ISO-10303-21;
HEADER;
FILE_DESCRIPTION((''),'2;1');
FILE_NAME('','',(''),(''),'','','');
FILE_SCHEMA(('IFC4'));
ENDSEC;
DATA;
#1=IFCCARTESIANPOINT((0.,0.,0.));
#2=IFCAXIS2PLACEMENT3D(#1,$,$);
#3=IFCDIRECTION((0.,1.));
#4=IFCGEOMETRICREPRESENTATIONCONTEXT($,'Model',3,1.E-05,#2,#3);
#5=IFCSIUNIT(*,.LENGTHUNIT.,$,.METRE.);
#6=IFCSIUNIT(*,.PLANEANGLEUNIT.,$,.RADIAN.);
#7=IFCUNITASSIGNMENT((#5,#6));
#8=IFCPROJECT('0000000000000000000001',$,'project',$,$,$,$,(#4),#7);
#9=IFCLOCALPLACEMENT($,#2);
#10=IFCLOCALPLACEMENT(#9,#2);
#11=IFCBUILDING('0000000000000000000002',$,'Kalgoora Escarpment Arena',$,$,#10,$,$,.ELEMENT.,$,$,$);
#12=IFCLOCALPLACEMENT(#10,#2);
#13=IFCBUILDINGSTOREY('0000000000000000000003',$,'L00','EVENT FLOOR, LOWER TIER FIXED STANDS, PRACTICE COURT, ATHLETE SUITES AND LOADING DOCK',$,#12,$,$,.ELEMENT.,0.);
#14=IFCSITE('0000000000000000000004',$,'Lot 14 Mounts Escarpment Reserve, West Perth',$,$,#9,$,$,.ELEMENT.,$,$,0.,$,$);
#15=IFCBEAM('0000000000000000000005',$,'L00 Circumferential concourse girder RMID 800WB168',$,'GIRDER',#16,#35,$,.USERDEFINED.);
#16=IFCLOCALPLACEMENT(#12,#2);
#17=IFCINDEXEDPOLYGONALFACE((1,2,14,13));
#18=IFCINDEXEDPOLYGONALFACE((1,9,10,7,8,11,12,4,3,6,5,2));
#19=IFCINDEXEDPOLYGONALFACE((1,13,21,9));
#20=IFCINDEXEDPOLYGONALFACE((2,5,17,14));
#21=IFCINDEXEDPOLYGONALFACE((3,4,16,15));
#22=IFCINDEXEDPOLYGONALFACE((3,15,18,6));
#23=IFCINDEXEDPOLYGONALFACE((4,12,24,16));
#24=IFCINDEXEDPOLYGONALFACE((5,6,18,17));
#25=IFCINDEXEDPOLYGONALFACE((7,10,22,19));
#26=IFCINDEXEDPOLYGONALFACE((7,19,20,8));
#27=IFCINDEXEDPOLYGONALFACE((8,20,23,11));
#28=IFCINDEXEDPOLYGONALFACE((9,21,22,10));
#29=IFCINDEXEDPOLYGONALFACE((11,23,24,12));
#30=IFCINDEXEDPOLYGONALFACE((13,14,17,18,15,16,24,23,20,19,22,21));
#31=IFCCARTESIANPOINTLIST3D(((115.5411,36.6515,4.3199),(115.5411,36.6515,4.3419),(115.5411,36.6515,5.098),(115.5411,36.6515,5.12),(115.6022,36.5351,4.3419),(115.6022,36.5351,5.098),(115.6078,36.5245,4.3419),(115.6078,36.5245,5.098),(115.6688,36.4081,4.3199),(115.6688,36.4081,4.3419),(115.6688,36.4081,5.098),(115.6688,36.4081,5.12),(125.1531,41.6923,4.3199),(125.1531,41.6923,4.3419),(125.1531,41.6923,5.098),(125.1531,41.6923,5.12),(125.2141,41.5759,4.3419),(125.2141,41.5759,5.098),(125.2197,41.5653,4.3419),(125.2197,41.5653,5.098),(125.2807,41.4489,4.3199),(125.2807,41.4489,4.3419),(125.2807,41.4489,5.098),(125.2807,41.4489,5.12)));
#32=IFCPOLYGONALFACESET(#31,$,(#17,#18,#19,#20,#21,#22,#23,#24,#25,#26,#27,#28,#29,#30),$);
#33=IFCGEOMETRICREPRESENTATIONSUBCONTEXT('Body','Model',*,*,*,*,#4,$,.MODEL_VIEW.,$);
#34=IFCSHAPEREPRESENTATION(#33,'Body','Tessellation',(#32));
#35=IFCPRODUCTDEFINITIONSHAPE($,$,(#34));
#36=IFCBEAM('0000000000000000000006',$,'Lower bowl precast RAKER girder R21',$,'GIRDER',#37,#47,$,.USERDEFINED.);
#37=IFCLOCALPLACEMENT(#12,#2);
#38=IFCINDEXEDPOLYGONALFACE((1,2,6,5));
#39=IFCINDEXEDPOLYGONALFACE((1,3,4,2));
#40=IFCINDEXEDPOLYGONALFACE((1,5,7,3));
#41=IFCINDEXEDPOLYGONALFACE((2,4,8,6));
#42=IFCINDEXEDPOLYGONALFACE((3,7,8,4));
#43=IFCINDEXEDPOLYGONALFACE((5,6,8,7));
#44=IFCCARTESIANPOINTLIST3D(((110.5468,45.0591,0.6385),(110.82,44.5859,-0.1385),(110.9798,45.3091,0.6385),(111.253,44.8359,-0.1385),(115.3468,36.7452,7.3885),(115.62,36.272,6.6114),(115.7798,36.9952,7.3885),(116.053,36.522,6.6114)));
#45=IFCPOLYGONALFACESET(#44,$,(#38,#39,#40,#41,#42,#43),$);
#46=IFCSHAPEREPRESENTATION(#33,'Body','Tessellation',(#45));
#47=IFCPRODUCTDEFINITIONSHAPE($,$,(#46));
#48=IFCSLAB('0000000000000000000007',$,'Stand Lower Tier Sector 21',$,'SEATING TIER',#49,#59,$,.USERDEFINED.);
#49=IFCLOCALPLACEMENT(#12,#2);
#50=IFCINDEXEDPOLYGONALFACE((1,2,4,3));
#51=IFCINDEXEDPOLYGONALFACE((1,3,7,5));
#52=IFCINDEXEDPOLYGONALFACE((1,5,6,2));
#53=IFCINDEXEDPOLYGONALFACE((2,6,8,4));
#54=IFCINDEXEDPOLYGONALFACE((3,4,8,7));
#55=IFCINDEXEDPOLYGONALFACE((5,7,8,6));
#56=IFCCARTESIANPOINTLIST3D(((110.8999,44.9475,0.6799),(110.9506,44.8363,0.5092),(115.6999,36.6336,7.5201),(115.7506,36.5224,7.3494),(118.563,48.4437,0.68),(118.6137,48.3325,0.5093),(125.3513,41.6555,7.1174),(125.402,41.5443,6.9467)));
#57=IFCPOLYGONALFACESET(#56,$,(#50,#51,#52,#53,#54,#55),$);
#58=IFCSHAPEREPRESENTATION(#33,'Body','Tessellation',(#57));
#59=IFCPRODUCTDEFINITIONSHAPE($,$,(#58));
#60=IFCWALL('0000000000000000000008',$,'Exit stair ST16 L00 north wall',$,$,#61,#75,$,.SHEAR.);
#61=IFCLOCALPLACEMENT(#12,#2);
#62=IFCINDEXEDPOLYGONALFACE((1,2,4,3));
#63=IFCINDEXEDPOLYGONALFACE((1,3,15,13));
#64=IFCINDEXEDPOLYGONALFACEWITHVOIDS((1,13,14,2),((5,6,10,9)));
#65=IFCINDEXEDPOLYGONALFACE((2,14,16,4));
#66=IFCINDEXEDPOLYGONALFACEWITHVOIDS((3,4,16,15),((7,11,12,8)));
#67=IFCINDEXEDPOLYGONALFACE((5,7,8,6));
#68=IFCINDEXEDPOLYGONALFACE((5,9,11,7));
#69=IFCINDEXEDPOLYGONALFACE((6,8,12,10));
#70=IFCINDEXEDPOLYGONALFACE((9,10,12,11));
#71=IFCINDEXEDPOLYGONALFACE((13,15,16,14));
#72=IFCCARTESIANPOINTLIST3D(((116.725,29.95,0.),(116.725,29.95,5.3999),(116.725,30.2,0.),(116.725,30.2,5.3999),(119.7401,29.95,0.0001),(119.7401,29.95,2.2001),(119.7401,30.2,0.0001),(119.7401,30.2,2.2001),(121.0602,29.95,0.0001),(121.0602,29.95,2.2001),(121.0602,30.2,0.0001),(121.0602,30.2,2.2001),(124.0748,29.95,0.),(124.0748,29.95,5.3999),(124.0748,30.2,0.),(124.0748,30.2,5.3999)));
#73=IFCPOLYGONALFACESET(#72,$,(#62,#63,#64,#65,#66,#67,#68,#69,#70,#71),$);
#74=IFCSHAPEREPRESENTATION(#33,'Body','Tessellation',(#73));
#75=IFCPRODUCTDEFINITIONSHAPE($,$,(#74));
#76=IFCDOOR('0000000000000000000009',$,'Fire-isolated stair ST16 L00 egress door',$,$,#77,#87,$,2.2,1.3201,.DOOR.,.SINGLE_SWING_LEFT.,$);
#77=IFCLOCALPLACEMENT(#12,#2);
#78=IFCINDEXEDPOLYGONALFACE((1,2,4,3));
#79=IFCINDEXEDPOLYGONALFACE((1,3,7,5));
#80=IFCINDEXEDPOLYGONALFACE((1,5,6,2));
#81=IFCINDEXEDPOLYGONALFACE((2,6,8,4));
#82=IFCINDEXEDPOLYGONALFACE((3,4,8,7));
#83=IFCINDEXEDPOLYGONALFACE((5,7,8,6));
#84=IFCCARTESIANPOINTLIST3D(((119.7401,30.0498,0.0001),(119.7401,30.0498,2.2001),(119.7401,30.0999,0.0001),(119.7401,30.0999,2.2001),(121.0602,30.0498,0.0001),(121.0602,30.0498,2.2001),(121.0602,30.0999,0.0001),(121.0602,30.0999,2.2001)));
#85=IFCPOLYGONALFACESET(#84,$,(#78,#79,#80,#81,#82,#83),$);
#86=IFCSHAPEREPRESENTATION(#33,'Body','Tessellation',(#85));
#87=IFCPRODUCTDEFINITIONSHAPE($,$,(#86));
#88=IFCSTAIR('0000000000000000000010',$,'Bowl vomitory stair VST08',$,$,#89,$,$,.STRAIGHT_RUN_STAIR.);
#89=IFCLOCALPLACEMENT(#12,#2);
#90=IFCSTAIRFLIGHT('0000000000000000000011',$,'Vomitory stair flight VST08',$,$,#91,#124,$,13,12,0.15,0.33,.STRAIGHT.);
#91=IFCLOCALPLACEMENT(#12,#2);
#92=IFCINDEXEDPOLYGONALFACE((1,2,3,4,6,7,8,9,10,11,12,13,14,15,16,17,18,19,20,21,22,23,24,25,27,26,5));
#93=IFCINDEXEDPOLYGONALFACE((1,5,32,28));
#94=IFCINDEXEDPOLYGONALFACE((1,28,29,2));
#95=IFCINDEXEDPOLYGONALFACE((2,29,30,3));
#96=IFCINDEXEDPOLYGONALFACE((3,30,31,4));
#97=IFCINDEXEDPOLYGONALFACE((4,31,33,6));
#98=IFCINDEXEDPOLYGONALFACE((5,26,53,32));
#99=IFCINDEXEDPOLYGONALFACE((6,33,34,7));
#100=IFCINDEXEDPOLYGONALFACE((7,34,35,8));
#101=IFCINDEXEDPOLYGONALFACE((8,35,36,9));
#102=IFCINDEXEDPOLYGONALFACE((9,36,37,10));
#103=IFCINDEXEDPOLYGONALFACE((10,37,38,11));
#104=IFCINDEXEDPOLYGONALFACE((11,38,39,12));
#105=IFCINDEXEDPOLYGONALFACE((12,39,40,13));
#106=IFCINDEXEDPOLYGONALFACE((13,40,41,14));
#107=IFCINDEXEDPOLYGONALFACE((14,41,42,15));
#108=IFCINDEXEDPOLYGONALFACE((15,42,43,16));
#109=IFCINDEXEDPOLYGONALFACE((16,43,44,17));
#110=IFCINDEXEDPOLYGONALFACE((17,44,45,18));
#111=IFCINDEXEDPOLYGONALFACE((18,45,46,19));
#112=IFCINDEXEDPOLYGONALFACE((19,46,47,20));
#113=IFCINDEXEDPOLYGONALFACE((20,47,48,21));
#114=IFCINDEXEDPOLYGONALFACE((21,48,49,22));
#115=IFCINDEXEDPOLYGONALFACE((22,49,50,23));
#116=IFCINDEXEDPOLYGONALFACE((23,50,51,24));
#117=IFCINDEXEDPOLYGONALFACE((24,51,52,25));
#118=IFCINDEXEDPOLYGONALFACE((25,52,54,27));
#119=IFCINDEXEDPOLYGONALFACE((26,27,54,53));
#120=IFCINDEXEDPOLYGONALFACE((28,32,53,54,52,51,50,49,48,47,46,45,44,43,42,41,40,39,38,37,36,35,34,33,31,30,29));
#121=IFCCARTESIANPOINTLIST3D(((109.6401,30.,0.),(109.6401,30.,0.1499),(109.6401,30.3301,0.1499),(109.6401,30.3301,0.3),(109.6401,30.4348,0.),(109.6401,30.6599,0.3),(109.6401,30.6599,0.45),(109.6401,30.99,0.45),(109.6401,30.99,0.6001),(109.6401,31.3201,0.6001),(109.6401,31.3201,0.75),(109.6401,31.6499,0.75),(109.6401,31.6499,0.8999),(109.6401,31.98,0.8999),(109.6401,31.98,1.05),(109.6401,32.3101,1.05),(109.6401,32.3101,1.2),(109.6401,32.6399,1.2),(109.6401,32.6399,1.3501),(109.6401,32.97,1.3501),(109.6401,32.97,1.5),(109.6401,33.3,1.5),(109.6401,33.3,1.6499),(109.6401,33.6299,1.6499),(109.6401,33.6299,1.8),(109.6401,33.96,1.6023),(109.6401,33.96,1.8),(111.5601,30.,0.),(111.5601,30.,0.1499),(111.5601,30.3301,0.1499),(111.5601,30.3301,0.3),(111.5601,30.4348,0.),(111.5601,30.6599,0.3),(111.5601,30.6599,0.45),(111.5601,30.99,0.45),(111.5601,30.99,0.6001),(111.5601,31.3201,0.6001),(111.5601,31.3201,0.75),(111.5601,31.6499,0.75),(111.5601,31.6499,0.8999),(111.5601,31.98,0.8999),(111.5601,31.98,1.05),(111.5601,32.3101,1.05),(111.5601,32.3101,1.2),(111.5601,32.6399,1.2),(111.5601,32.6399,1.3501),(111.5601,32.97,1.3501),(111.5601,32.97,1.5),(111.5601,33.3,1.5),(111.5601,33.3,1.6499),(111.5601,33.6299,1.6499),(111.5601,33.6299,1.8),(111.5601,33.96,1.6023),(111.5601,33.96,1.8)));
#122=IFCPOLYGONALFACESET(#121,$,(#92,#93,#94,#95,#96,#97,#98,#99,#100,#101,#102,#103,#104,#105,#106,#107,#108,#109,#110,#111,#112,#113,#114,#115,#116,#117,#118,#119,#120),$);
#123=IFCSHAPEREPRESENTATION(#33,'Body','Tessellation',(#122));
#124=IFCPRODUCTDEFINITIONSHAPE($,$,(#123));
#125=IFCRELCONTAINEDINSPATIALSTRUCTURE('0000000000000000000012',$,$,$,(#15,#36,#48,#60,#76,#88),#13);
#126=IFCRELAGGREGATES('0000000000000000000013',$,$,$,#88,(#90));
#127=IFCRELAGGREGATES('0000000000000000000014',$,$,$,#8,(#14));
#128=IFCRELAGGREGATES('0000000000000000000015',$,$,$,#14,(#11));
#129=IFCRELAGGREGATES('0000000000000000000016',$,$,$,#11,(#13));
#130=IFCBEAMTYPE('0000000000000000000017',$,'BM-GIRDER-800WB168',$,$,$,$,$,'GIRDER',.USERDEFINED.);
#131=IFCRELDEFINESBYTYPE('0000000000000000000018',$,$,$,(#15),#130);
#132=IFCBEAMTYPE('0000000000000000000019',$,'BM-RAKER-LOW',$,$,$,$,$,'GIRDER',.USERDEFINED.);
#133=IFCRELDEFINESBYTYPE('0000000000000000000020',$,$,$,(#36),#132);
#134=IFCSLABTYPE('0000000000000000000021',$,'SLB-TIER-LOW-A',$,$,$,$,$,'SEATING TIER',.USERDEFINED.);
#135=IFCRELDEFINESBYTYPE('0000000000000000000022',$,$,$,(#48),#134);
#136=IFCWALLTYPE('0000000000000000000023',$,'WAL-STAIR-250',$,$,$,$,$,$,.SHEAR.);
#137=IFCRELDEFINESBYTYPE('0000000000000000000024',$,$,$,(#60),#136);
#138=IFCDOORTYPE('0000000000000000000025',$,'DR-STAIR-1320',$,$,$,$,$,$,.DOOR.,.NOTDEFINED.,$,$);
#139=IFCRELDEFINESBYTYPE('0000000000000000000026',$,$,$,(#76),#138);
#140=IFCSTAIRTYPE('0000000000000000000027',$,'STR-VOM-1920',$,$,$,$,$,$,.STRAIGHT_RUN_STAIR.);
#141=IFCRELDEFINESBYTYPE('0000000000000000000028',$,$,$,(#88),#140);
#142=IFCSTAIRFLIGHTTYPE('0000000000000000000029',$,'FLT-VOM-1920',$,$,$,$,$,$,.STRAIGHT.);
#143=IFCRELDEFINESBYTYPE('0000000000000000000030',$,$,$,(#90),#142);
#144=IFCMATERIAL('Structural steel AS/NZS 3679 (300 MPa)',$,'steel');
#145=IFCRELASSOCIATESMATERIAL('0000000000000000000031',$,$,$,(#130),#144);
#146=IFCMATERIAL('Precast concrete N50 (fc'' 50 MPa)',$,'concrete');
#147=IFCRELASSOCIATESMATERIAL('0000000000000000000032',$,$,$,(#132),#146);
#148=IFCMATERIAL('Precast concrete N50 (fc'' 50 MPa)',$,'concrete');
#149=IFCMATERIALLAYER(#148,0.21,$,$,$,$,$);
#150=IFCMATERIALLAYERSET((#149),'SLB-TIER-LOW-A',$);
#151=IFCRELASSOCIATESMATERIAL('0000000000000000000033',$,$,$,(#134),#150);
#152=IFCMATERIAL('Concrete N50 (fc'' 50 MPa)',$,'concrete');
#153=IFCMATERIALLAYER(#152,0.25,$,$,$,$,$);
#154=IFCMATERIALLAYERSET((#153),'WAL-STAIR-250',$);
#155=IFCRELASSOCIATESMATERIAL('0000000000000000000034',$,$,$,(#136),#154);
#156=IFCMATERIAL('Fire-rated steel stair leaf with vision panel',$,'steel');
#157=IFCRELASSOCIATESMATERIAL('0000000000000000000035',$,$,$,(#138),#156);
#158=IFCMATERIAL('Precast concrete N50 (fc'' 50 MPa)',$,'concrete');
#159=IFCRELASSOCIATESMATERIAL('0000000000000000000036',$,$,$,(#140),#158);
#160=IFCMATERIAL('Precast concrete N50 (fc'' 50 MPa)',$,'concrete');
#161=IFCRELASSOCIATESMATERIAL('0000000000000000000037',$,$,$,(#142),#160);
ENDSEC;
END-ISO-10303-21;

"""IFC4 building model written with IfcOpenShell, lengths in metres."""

from ifc_helpers import new_model, si_unit, direction, frame, frame_2d, origin, origin_2d, place, context, subcontext, project, spatial, polyline, rectangle, i_section, outline, extrude, material, layer, layer_set, material_profile, profile_set, type_object, element, fill, aggregate, save


model = new_model("IFC4")

# Units and contexts
model_context = context("Model", 3, precision=1e-05, world=origin(), true_north=direction((0.0, 1.0)))
body_context = subcontext(model_context, "Body", "Model", "MODEL_VIEW")
ifc_project = project(units=[si_unit("LENGTHUNIT", "METRE"), si_unit("PLANEANGLEUNIT", "RADIAN")], contexts=[model_context])

# Site, building, storey
site_placement = place(None, origin())
site = spatial("IfcSite", under=ifc_project, at=site_placement, Name="Lot 14 Mounts Escarpment Reserve, West Perth", CompositionType="ELEMENT", RefElevation=0.0)
building_placement = place(site_placement, origin())
building = spatial("IfcBuilding", under=site, at=building_placement, Name="Kalgoora Escarpment Arena", CompositionType="ELEMENT")
storey_placement = place(building_placement, origin())
storey = spatial("IfcBuildingStorey", under=building, at=storey_placement, Name="L00", Description="EVENT FLOOR, LOWER TIER FIXED STANDS, PRACTICE COURT, ATHLETE SUITES AND LOADING DOCK", CompositionType="ELEMENT", Elevation=0.0)

# Beams
ifc_material_1 = material(Name="Structural steel AS/NZS 3679 (300 MPa)", Category="steel")
ifc_material_profile_1 = material_profile(ifc_material_1, i_section(OverallWidth=0.2749, OverallDepth=0.8, WebThickness=0.012, FlangeThickness=0.022, at=origin_2d()))
ifc_profile_set_1 = profile_set([ifc_material_profile_1], Name="Structural steel AS/NZS 3679 (300 MPa)")
beam_type_1 = type_object("IfcBeamType", Name="BM-GIRDER-800WB168", ElementType="GIRDER", PredefinedType="USERDEFINED", material=ifc_profile_set_1)
beam_1_placement = place(storey_placement, frame((115.605, 36.5298, 4.72), z_axis=(0.885604, 0.464441, 0.0), x_axis=(-0.464441, 0.885604, 0.0)))
element("IfcBeam", 1, at=beam_1_placement, inside=storey, type_object=beam_type_1, Name="L00 Circumferential concourse girder RMID 800WB168", ObjectType="GIRDER", PredefinedType="USERDEFINED", context=body_context, shape_type="SweptSolid", body=[
    extrude(i_section(OverallWidth=0.2749, OverallDepth=0.8, WebThickness=0.012, FlangeThickness=0.022, at=origin_2d()), origin(), (0.0, 0.0, 1.0), 10.8535),
])
ifc_material_2 = material(Name="Precast concrete N50 (fc' 50 MPa)", Category="concrete")
ifc_material_profile_2 = material_profile(ifc_material_2, rectangle(XDim=0.5, YDim=0.95, at=origin_2d()))
ifc_profile_set_2 = profile_set([ifc_material_profile_2], Name="Precast concrete N50 (fc' 50 MPa)")
beam_type_2 = type_object("IfcBeamType", Name="BM-RAKER-LOW", ElementType="GIRDER", PredefinedType="USERDEFINED", material=ifc_profile_set_2)
beam_2_placement = place(storey_placement, frame((110.8999, 44.9475, 0.25), z_axis=(0.409015, -0.708438, 0.575172), x_axis=(0.866026, 0.499998, 0.0)))
element("IfcBeam", 2, at=beam_2_placement, inside=storey, type_object=beam_type_2, Name="Lower bowl precast RAKER girder R21", ObjectType="GIRDER", PredefinedType="USERDEFINED", context=body_context, shape_type="SweptSolid", body=[
    extrude(rectangle(XDim=0.5, YDim=0.95, at=origin_2d()), origin(), (0.0, 0.0, 1.0), 11.7356),
])

# Slab
ifc_material_3 = material(Name="Precast concrete N50 (fc' 50 MPa)", Category="concrete")
ifc_layer_1 = layer(ifc_material_3, 0.21)
ifc_layer_set_1 = layer_set([ifc_layer_1], Name="SLB-TIER-LOW-A")
slab_type = type_object("IfcSlabType", Name="SLB-TIER-LOW-A", ElementType="SEATING TIER", PredefinedType="USERDEFINED", material=ifc_layer_set_1)
slab_placement = place(storey_placement, frame((110.8999, 44.9475, 0.6799), z_axis=(-0.241602, 0.529531, 0.813158), x_axis=(0.909786, 0.415077, 0.000013)))
element("IfcSlab", 3, at=slab_placement, inside=storey, type_object=slab_type, Name="Stand Lower Tier Sector 21", ObjectType="SEATING TIER", PredefinedType="USERDEFINED", context=body_context, shape_type="SweptSolid", body=[
    extrude(outline(polyline([(0.0, 0.0), (8.4229, 0.0), (11.7813, -11.0599), (0.9162, -11.752), (0.0, 0.0)])), origin(), (0.0, 0.0, -1.0), 0.21),
])

# Wall, opening, door
ifc_material_4 = material(Name="Concrete N50 (fc' 50 MPa)", Category="concrete")
ifc_layer_2 = layer(ifc_material_4, 0.25)
ifc_layer_set_2 = layer_set([ifc_layer_2], Name="WAL-STAIR-250")
wall_type = type_object("IfcWallType", Name="WAL-STAIR-250", PredefinedType="SHEAR", material=ifc_layer_set_2)
wall_placement = place(storey_placement, frame((116.7251, 30.075, 0.0), z_axis=(0.0, 0.0, 1.0), x_axis=(1.0, 0.0, 0.0)))
wall = element("IfcWall", 4, at=wall_placement, inside=storey, type_object=wall_type, Name="Exit stair ST16 L00 north wall", PredefinedType="SHEAR", context=body_context, shape_type="SweptSolid", body=[
    extrude(rectangle(XDim=7.3499, YDim=0.25, at=frame_2d((3.6748, 0.0))), origin(), (0.0, 0.0, 1.0), 5.3999),
])
opening_placement = place(wall_placement, frame((3.0149, 0.0, 0.0)))
opening = element("IfcOpeningElement", 5, at=opening_placement, cuts=wall, PredefinedType="OPENING", context=body_context, shape_type="SweptSolid", body=[
    extrude(rectangle(XDim=1.3201, YDim=2.2, at=frame_2d((0.6602, 1.1001))), frame((0.0, 0.135, 0.0), z_axis=(0.0, -1.0, 0.0), x_axis=(1.0, 0.0, 0.0)), (0.0, 0.0, 1.0), 0.27),
])
ifc_material_5 = material(Name="Fire-rated steel stair leaf with vision panel", Category="steel")
door_type = type_object("IfcDoorType", Name="DR-STAIR-1320", OperationType="NOTDEFINED", PredefinedType="DOOR", material=ifc_material_5)
door_placement = place(opening_placement, origin())
door = element("IfcDoor", 6, at=door_placement, inside=storey, type_object=door_type, Name="Fire-isolated stair ST16 L00 egress door", OperationType="SINGLE_SWING_LEFT", OverallHeight=2.2, OverallWidth=1.3201, PredefinedType="DOOR", context=body_context, shape_type="SweptSolid", body=[
    extrude(rectangle(XDim=1.3201, YDim=2.2, at=frame_2d((0.6602, 1.1001))), frame((0.0, 0.0249, 0.0), z_axis=(0.0, -1.0, 0.0), x_axis=(1.0, 0.0, 0.0)), (0.0, 0.0, 1.0), 0.05),
])
fill(opening, door)

# Stair, stair flight
ifc_material_6 = material(Name="Precast concrete N50 (fc' 50 MPa)", Category="concrete")
stair_type = type_object("IfcStairType", Name="STR-VOM-1920", PredefinedType="STRAIGHT_RUN_STAIR", material=ifc_material_6)
stair_placement = place(storey_placement, origin())
stair = element("IfcStair", 7, at=stair_placement, inside=storey, type_object=stair_type, Name="Bowl vomitory stair VST08", PredefinedType="STRAIGHT_RUN_STAIR")
ifc_material_7 = material(Name="Precast concrete N50 (fc' 50 MPa)", Category="concrete")
stair_flight_type = type_object("IfcStairFlightType", Name="FLT-VOM-1920", PredefinedType="STRAIGHT", material=ifc_material_7)
stair_flight_placement = place(storey_placement, frame((110.6001, 30.0, 0.0), z_axis=(0.0, 0.0, 1.0), x_axis=(0.0, 1.0, 0.0)))
stair_flight = element("IfcStairFlight", 8, at=stair_flight_placement, type_object=stair_flight_type, Name="Vomitory stair flight VST08", NumberOfRisers=13, NumberOfTreads=12, PredefinedType="STRAIGHT", RiserHeight=0.15, TreadLength=0.33, context=body_context, shape_type="SweptSolid", body=[
    extrude(outline(polyline([(0.0, 0.0), (0.0, 0.1499), (0.3301, 0.1499), (0.3301, 0.3), (0.6599, 0.3), (0.6599, 0.45), (0.99, 0.45), (0.99, 0.6001), (1.3201, 0.6001), (1.3201, 0.75), (1.6499, 0.75), (1.6499, 0.8999), (1.98, 0.8999), (1.98, 1.05), (2.3101, 1.05), (2.3101, 1.2), (2.6399, 1.2), (2.6399, 1.3501), (2.97, 1.3501), (2.97, 1.5), (3.3, 1.5), (3.3, 1.6499), (3.6299, 1.6499), (3.6299, 1.8), (3.96, 1.8), (3.96, 1.95), (3.96, 1.6023), (0.4348, 0.0), (0.0, 0.0)])), frame((0.0, 0.96, 0.0), z_axis=(0.0, -1.0, 0.0), x_axis=(1.0, 0.0, 0.0)), (0.0, 0.0, 1.0), 1.9199),
])
aggregate(stair, [stair_flight])

save(model, "model.ifc")
